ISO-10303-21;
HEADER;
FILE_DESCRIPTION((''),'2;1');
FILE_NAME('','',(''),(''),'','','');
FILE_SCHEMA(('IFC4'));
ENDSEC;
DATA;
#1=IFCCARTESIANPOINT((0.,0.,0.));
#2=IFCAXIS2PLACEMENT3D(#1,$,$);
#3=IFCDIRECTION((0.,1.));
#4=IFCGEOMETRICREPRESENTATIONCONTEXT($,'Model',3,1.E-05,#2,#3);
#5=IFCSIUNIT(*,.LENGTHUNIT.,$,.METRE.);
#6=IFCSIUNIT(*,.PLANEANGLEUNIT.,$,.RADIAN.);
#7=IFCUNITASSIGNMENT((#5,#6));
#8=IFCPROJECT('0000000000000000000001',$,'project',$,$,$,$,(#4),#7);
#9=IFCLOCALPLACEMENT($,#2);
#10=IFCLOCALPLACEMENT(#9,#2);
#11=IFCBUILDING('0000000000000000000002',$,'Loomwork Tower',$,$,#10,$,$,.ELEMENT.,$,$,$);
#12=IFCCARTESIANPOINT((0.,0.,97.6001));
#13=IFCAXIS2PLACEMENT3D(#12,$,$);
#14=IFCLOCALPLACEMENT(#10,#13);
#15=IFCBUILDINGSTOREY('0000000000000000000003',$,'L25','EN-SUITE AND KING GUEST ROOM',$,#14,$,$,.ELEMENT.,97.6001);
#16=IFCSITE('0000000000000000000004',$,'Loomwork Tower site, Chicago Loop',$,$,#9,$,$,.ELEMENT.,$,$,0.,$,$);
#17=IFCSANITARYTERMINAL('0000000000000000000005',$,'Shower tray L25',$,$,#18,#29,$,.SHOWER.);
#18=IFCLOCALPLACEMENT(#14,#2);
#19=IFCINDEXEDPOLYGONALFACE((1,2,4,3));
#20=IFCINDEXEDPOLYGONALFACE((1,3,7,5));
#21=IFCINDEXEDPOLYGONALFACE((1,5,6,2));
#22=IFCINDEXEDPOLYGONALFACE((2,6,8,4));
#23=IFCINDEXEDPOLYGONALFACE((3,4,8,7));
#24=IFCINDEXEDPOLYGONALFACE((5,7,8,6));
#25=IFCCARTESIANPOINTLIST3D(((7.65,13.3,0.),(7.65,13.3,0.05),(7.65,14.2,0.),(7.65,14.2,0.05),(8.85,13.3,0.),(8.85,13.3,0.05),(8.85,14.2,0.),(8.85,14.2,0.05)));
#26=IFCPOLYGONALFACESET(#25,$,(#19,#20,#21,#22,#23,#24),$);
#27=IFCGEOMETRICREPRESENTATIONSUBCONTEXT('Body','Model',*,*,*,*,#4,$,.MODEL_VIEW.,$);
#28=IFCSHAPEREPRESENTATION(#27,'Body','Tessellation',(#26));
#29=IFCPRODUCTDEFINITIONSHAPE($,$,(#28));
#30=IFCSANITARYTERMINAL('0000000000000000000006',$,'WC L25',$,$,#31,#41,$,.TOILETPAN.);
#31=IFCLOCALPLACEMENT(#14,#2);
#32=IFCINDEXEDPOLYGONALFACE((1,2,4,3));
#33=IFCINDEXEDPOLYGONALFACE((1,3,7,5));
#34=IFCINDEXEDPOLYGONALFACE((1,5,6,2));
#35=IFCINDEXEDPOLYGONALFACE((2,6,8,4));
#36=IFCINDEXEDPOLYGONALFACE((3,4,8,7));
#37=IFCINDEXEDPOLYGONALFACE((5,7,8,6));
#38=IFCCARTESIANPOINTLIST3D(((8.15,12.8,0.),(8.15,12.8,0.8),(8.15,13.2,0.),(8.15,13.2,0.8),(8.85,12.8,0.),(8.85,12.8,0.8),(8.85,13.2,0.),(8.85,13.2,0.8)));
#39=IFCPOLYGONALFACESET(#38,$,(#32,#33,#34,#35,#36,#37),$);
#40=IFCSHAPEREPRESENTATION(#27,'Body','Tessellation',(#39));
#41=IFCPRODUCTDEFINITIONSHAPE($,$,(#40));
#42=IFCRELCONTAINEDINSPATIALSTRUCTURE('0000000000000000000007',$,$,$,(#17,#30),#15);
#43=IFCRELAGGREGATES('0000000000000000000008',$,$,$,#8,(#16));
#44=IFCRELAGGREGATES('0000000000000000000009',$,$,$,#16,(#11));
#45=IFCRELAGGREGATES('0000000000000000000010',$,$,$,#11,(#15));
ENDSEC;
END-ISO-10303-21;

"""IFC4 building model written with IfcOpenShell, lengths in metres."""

from ifc_helpers import new_model, si_unit, direction, frame, origin, origin_2d, place, context, subcontext, project, spatial, rectangle, extrude, element, save


model = new_model("IFC4")

# Units and contexts
model_context = context("Model", 3, precision=1e-05, world=origin(), true_north=direction((0.0, 1.0)))
body_context = subcontext(model_context, "Body", "Model", "MODEL_VIEW")
ifc_project = project(units=[si_unit("LENGTHUNIT", "METRE"), si_unit("PLANEANGLEUNIT", "RADIAN")], contexts=[model_context])

# Site, building, storey
site_placement = place(None, origin())
site = spatial("IfcSite", under=ifc_project, at=site_placement, Name="Loomwork Tower site, Chicago Loop", CompositionType="ELEMENT", RefElevation=0.0)
building_placement = place(site_placement, origin())
building = spatial("IfcBuilding", under=site, at=building_placement, Name="Loomwork Tower", CompositionType="ELEMENT")
storey_placement = place(building_placement, frame((0.0, 0.0, 97.6001)))
storey = spatial("IfcBuildingStorey", under=building, at=storey_placement, Name="L25", Description="EN-SUITE AND KING GUEST ROOM", CompositionType="ELEMENT", Elevation=97.6001)

# Sanitary terminals
sanitary_terminal_1_placement = place(storey_placement, frame((8.25, 13.75, 0.0), z_axis=(0.0, 0.0, 1.0), x_axis=(1.0, 0.0, 0.0)))
element("IfcSanitaryTerminal", 1, at=sanitary_terminal_1_placement, inside=storey, Name="Shower tray L25", PredefinedType="SHOWER", context=body_context, shape_type="SweptSolid", body=[
    extrude(rectangle(XDim=1.2, YDim=0.8999, at=origin_2d()), origin(), (0.0, 0.0, 1.0), 0.05),
])
sanitary_terminal_2_placement = place(storey_placement, frame((8.5, 13.0, 0.0), z_axis=(0.0, 0.0, 1.0), x_axis=(1.0, 0.0, 0.0)))
element("IfcSanitaryTerminal", 2, at=sanitary_terminal_2_placement, inside=storey, Name="WC L25", PredefinedType="TOILETPAN", context=body_context, shape_type="SweptSolid", body=[
    extrude(rectangle(XDim=0.7, YDim=0.3999, at=origin_2d()), origin(), (0.0, 0.0, 1.0), 0.8),
])

save(model, "model.ifc")
